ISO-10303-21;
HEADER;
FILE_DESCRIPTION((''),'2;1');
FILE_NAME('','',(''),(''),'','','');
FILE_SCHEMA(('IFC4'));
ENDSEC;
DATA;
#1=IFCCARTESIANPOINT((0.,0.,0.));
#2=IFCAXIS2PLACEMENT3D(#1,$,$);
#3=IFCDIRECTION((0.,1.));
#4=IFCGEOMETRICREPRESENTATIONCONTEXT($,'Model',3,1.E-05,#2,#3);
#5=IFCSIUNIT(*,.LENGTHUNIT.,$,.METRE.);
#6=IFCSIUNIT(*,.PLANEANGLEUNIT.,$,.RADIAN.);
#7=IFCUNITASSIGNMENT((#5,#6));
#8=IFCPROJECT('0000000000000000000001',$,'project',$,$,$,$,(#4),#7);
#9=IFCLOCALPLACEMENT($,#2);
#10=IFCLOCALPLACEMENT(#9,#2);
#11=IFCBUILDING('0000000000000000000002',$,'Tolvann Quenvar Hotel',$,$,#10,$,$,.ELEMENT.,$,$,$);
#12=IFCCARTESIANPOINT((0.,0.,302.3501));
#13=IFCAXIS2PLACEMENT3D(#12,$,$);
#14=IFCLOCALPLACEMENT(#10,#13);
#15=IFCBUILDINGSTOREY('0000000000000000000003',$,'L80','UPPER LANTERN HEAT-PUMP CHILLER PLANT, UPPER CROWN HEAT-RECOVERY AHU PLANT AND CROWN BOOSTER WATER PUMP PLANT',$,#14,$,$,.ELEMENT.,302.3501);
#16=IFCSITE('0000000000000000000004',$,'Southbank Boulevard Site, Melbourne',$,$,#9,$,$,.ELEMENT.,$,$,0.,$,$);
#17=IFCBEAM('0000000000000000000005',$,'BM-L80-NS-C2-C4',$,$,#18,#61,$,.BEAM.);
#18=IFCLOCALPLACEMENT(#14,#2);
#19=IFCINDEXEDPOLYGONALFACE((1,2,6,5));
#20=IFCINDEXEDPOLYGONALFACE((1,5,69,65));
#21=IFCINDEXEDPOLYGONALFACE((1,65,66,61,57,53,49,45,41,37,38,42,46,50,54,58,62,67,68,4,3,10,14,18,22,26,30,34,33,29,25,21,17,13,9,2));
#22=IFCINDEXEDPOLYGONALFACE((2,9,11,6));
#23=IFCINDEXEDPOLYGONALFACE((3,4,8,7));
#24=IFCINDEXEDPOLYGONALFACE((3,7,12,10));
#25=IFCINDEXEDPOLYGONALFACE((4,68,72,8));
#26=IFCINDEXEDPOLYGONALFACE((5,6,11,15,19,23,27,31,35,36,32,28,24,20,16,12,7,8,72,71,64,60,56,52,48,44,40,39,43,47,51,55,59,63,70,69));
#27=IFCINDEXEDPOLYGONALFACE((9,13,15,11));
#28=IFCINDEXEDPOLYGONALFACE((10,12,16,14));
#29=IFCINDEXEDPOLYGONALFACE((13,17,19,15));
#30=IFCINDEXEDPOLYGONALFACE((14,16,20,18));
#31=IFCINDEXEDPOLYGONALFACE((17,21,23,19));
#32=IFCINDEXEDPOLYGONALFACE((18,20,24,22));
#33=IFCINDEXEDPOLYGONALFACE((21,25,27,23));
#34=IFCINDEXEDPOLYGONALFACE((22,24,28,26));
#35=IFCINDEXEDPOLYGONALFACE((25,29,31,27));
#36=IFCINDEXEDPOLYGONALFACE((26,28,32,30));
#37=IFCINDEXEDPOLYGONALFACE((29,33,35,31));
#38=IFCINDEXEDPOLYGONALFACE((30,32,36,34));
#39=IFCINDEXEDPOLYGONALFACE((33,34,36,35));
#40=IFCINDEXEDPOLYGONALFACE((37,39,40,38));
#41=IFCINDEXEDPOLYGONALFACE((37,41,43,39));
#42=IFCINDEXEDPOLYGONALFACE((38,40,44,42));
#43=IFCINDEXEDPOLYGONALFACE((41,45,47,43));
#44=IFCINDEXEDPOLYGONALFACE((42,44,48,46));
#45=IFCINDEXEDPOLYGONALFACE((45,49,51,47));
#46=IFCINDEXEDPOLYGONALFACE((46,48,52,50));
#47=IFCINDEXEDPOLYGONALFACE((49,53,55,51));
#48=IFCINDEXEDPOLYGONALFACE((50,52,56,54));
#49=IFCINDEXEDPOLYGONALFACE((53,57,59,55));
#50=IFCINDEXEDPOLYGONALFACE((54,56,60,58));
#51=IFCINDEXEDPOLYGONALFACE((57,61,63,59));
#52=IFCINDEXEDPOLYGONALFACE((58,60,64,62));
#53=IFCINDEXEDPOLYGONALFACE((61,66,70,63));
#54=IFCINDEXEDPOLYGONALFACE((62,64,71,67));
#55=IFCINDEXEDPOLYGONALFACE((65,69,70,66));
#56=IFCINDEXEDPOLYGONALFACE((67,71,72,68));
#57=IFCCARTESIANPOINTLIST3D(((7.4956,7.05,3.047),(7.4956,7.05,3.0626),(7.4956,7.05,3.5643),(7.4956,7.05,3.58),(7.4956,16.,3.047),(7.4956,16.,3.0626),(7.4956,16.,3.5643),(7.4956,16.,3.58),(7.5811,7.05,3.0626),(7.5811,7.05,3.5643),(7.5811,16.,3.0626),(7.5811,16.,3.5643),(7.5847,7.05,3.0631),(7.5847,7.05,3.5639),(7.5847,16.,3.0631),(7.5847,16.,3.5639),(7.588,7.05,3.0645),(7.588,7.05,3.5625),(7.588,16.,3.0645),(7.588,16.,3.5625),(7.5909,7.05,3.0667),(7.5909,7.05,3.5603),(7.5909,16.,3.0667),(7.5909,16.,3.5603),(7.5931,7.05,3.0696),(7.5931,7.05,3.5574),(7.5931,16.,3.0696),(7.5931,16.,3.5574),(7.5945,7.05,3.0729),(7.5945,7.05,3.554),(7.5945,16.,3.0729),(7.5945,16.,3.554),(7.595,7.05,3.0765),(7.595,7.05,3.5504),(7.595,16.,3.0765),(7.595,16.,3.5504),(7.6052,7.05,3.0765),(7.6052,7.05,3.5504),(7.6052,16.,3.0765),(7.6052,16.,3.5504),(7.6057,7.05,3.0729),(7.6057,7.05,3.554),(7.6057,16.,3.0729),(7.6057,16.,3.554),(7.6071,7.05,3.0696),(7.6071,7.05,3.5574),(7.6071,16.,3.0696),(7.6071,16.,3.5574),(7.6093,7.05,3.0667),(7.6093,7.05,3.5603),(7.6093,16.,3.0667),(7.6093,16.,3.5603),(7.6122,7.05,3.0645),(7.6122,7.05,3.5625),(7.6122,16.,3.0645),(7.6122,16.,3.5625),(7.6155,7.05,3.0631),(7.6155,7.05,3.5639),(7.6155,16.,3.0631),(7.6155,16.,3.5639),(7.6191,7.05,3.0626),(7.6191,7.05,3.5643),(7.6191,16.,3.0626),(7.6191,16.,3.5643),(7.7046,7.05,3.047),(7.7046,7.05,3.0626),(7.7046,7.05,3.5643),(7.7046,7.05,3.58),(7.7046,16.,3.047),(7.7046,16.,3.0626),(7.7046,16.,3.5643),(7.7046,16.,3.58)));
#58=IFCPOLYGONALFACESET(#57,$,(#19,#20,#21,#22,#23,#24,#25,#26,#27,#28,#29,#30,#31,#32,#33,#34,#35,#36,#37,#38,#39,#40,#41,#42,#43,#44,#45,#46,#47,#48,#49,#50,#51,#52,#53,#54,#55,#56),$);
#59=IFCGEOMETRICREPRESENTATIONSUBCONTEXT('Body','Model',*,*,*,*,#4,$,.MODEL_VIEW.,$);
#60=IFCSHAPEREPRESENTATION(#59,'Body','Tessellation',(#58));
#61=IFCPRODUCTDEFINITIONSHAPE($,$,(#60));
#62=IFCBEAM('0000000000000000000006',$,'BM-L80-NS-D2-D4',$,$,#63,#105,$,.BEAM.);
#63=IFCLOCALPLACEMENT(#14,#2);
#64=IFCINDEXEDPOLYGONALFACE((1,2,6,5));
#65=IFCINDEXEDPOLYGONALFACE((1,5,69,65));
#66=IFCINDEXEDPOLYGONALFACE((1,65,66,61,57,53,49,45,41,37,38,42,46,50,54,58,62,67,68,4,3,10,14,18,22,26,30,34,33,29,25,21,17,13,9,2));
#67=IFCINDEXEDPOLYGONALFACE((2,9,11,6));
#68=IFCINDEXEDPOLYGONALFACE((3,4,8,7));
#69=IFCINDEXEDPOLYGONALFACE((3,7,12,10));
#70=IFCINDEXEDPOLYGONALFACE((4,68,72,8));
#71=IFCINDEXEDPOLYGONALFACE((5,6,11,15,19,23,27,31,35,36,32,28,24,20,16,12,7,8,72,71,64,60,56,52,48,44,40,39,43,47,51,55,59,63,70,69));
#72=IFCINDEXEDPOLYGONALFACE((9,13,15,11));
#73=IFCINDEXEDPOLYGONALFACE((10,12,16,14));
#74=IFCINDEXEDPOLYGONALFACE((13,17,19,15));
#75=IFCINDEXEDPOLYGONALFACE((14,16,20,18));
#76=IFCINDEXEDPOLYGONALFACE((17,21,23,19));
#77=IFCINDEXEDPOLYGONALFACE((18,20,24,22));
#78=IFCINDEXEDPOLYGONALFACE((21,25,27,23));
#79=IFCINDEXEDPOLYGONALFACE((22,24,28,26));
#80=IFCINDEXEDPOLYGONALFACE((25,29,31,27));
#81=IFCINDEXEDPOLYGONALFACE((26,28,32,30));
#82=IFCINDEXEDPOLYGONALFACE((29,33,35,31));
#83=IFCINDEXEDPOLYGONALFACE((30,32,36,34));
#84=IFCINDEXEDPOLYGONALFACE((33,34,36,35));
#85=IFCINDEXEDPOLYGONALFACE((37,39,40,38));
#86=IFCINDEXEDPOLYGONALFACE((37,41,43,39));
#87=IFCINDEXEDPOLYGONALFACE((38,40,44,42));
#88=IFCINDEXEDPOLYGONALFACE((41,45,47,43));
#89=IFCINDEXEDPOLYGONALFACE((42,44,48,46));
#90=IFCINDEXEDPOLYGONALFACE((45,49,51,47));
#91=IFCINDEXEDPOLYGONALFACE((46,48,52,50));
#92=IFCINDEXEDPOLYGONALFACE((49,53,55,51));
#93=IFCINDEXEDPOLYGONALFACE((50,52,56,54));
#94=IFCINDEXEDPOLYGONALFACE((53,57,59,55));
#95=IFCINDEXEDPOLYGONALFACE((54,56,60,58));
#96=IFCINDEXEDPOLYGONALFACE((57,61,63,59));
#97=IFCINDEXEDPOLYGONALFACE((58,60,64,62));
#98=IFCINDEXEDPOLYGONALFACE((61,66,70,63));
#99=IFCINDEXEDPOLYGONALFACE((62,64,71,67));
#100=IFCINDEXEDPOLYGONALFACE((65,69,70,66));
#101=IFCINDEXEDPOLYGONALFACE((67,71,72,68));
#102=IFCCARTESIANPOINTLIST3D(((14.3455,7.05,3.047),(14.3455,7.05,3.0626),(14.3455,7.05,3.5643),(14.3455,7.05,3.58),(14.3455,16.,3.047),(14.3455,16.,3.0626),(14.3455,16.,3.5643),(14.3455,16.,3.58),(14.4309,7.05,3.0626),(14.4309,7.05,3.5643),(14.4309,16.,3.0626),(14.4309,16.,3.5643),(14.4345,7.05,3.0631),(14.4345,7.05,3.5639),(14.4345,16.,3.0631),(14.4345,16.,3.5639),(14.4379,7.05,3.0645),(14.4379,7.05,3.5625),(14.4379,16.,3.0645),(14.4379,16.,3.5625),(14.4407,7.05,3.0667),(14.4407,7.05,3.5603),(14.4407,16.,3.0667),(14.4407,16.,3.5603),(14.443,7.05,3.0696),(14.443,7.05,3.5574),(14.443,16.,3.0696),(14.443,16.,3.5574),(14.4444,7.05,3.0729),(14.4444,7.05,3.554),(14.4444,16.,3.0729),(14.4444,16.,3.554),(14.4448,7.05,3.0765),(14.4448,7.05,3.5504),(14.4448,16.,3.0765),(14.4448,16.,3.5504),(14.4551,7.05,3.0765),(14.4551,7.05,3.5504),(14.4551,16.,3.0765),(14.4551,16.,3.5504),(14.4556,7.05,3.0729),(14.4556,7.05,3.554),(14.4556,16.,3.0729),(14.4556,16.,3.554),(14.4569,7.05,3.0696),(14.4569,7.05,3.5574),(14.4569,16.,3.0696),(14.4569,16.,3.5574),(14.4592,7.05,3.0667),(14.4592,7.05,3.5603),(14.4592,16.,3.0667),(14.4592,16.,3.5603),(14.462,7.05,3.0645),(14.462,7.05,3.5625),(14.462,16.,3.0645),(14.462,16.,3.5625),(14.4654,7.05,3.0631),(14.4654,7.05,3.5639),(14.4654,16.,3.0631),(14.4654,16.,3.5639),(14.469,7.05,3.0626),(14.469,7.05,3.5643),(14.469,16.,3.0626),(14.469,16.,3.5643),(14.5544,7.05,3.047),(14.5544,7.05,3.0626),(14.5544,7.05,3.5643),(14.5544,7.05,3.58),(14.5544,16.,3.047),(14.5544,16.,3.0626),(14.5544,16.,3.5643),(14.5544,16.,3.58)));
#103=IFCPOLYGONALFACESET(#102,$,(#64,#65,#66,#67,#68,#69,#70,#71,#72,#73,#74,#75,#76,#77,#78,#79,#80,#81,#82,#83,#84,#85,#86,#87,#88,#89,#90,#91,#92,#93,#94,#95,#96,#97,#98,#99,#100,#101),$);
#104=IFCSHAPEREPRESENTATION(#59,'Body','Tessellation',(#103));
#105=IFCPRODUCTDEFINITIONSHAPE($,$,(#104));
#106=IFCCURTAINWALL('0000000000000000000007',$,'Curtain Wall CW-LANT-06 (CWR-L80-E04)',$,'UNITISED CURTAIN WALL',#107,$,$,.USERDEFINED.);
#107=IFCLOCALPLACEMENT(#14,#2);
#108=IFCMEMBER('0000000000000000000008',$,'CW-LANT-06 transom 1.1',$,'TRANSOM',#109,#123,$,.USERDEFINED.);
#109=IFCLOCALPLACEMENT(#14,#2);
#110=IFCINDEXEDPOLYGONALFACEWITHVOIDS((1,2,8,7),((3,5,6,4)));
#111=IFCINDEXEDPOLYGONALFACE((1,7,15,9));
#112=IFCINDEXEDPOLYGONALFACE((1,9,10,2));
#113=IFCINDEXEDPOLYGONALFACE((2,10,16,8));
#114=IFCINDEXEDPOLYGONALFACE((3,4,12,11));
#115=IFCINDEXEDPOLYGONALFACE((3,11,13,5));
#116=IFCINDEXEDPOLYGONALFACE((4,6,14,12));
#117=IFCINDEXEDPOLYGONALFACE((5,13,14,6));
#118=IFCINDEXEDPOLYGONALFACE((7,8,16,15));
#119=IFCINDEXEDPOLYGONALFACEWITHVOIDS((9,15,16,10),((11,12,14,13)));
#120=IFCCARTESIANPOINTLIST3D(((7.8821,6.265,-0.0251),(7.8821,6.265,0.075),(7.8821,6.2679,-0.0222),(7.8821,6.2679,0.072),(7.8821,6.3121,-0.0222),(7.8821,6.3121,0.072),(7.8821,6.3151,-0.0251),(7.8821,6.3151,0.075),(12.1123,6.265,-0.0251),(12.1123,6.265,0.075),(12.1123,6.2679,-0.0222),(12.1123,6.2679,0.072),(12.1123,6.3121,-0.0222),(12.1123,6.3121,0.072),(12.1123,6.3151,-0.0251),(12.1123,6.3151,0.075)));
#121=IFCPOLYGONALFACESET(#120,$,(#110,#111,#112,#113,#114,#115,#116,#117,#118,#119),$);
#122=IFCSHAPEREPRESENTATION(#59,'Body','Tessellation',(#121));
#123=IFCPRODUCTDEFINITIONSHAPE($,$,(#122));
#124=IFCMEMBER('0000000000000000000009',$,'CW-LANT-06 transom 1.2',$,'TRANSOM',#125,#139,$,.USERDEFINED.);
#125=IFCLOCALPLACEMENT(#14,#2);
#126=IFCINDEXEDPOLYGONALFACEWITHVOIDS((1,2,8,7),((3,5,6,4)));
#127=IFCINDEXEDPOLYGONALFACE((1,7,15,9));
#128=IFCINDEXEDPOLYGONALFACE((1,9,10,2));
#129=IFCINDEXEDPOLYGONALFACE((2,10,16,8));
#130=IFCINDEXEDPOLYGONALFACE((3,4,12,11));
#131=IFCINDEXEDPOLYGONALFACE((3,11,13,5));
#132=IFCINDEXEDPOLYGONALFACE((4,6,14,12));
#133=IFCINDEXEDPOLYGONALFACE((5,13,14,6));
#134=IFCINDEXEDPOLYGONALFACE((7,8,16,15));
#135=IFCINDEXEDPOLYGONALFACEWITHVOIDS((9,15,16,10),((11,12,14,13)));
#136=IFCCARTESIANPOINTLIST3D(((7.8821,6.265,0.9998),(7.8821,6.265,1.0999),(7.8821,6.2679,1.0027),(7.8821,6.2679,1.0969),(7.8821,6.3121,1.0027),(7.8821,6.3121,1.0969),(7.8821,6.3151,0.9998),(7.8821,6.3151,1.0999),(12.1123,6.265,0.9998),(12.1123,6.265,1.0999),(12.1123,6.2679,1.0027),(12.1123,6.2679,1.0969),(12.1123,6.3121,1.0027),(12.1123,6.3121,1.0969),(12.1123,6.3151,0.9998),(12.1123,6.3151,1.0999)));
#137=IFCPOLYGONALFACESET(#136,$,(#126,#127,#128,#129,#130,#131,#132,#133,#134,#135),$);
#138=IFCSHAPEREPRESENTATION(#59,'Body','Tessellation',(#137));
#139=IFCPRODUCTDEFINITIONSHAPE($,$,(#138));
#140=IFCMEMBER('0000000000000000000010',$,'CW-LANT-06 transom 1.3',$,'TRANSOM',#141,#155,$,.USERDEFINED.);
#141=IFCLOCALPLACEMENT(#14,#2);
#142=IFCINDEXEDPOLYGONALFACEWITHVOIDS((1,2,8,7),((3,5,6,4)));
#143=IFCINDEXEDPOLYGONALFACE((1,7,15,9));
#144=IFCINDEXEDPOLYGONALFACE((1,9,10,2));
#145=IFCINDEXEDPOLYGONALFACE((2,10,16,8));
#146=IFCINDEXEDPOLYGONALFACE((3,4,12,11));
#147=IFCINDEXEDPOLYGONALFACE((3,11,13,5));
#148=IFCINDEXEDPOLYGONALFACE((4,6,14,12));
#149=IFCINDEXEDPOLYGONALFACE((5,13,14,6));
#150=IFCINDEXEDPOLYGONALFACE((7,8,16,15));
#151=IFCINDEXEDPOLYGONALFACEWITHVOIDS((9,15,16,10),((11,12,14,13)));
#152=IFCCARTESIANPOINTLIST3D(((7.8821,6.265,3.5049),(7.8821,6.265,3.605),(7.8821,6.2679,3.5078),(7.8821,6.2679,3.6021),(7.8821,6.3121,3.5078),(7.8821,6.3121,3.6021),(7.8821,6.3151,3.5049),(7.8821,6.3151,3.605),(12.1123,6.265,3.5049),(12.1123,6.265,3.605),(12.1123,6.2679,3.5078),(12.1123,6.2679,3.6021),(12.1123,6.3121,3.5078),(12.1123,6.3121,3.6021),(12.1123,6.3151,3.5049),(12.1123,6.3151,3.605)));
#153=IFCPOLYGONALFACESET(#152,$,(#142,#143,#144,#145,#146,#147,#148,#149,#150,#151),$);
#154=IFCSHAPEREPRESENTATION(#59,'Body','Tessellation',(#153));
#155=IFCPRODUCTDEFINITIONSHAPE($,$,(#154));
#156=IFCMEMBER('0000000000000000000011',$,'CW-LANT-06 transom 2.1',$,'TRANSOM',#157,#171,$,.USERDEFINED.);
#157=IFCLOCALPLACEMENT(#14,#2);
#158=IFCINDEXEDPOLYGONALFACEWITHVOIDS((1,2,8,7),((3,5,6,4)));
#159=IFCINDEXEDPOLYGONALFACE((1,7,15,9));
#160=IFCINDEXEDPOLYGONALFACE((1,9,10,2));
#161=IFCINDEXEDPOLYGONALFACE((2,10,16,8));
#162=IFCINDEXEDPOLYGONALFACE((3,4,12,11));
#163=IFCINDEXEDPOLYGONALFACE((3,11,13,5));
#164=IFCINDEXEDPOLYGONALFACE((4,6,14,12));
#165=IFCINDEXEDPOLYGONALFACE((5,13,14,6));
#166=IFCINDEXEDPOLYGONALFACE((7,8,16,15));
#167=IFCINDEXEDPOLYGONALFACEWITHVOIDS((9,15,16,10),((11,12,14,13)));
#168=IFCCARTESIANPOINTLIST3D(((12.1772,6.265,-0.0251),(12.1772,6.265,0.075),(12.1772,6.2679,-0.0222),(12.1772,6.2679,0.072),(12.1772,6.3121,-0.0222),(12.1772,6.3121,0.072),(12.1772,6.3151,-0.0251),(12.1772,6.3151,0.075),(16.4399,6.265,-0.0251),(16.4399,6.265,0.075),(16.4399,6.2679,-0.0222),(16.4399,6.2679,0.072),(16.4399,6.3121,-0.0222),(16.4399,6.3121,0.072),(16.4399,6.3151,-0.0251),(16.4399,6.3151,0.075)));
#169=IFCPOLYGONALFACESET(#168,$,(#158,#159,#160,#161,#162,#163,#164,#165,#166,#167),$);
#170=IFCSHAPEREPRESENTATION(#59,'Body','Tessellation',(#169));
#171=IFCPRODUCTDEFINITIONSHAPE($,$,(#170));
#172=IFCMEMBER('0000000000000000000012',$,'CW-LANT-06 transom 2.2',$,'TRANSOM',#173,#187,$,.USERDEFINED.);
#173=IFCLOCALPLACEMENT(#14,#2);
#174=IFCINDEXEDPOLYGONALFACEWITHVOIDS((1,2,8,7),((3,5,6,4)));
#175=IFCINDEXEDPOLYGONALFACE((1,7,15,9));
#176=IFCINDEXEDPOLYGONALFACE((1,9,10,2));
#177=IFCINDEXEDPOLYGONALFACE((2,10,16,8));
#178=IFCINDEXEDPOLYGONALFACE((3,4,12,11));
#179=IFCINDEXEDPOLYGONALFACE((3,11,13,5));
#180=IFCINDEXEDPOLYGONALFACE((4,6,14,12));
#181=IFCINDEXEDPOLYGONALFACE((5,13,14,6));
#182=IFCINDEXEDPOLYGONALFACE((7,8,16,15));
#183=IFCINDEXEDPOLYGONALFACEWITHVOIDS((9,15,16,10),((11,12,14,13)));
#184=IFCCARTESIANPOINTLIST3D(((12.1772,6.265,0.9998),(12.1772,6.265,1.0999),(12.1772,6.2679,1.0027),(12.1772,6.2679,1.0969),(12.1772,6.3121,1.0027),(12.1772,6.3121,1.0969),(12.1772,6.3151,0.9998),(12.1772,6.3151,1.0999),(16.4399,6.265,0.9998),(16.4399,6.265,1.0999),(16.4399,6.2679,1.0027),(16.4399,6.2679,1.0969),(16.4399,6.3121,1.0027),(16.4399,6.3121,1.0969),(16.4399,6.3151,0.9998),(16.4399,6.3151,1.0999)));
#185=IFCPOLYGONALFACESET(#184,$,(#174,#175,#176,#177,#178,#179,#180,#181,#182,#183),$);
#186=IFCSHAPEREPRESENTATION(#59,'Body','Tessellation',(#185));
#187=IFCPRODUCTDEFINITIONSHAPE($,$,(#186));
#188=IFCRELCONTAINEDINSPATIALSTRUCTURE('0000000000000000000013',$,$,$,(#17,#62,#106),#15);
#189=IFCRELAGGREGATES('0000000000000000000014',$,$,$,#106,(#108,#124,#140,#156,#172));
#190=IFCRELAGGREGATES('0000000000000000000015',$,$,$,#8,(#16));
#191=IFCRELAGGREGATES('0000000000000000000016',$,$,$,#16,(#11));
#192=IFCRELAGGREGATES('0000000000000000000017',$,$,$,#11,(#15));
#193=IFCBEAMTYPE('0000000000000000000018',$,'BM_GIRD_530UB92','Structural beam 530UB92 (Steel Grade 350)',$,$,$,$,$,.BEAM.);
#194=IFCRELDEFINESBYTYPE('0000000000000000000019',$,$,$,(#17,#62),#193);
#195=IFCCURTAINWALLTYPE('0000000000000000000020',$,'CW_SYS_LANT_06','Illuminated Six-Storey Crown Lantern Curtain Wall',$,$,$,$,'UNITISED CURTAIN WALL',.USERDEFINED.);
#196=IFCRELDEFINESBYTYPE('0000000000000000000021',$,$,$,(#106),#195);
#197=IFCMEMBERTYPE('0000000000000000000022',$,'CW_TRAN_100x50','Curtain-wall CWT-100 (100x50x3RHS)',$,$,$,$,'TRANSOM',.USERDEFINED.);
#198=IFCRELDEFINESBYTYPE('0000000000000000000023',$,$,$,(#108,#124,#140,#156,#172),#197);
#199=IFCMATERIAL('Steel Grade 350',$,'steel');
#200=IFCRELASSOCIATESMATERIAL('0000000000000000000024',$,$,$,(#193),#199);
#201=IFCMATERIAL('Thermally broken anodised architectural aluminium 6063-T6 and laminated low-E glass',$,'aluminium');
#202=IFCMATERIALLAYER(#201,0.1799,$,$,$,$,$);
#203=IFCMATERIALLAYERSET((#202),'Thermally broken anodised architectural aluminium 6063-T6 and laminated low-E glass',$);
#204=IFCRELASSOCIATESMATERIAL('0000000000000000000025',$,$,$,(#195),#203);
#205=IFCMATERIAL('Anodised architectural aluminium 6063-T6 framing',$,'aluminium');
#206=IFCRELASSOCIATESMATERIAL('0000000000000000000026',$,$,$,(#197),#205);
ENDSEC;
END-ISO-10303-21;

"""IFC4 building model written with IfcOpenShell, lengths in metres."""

from ifc_helpers import new_model, si_unit, direction, frame, origin, origin_2d, place, context, subcontext, project, spatial, hollow_rectangle, i_section, extrude, source, transform, mapped, material, layer, layer_set, material_profile, profile_set, type_object, type_shapes, element, aggregate, save


model = new_model("IFC4")

# Units and contexts
model_context = context("Model", 3, precision=1e-05, world=origin(), true_north=direction((0.0, 1.0)))
body_context = subcontext(model_context, "Body", "Model", "MODEL_VIEW")
ifc_project = project(units=[si_unit("LENGTHUNIT", "METRE"), si_unit("PLANEANGLEUNIT", "RADIAN")], contexts=[model_context])

# Site, building, storey
site_placement = place(None, origin())
site = spatial("IfcSite", under=ifc_project, at=site_placement, Name="Southbank Boulevard Site, Melbourne", CompositionType="ELEMENT", RefElevation=0.0)
building_placement = place(site_placement, origin())
building = spatial("IfcBuilding", under=site, at=building_placement, Name="Tolvann Quenvar Hotel", CompositionType="ELEMENT")
storey_placement = place(building_placement, frame((0.0, 0.0, 302.3501)))
storey = spatial("IfcBuildingStorey", under=building, at=storey_placement, Name="L80", Description="UPPER LANTERN HEAT-PUMP CHILLER PLANT, UPPER CROWN HEAT-RECOVERY AHU PLANT AND CROWN BOOSTER WATER PUMP PLANT", CompositionType="ELEMENT", Elevation=302.3501)

# Shared definitions
ifc_material_1 = material(Name="Steel Grade 350", Category="steel")

# Beams
ifc_material_profile_1 = material_profile(ifc_material_1, i_section(OverallWidth=0.209, OverallDepth=0.533, WebThickness=0.0103, FlangeThickness=0.0156, FilletRadius=0.0139, at=origin_2d()), Name="530UB92")
ifc_profile_set_1 = profile_set([ifc_material_profile_1], Name="Steel Grade 350")
beam_type_1 = type_object("IfcBeamType", Name="BM_GIRD_530UB92", Description="Structural beam 530UB92 (Steel Grade 350)", PredefinedType="BEAM", material=ifc_profile_set_1)
shared_shape_1 = source(origin(), body_context, "Body", "SweptSolid", [
    extrude(i_section(OverallWidth=0.209, OverallDepth=0.533, WebThickness=0.0103, FlangeThickness=0.0156, FilletRadius=0.0139, at=origin_2d()), origin(), (0.0, 0.0, 1.0), 8.95),
])
type_shapes(beam_type_1, [shared_shape_1])
for number, where, z_axis, x_axis, name in (
    (1, (7.6001, 7.05, 3.3135), (0.0, 1.0, 0.0), (-1.0, 0.0, 0.0), "BM-L80-NS-C2-C4"),
    (2, (14.45, 7.05, 3.3135), (0.0, 1.0, 0.0), (-1.0, 0.0, 0.0), "BM-L80-NS-D2-D4"),
):
    element("IfcBeam", number, at=place(storey_placement, frame(where, z_axis=z_axis, x_axis=x_axis)), inside=storey, type_object=beam_type_1, Name=name, PredefinedType="BEAM", context=body_context, shape_type="MappedRepresentation", body=[
        mapped(shared_shape_1, transform((0.0, 0.0, 0.0), x_axis=(1.0, 0.0, 0.0), y_axis=(0.0, 1.0, 0.0), z_axis=(0.0, 0.0, 1.0), scale=1.0)),
    ])

# Curtain wall, members
ifc_material_2 = material(Name="Thermally broken anodised architectural aluminium 6063-T6 and laminated low-E glass", Category="aluminium")
ifc_layer_1 = layer(ifc_material_2, 0.1799)
ifc_layer_set_1 = layer_set([ifc_layer_1], Name="Thermally broken anodised architectural aluminium 6063-T6 and laminated low-E glass")
curtain_wall_type = type_object("IfcCurtainWallType", Name="CW_SYS_LANT_06", Description="Illuminated Six-Storey Crown Lantern Curtain Wall", ElementType="UNITISED CURTAIN WALL", PredefinedType="USERDEFINED", material=ifc_layer_set_1)
curtain_wall_1_placement = place(storey_placement, origin())
curtain_wall_1 = element("IfcCurtainWall", 3, at=curtain_wall_1_placement, inside=storey, type_object=curtain_wall_type, Name="Curtain Wall CW-LANT-06 (CWR-L80-E04)", ObjectType="UNITISED CURTAIN WALL", PredefinedType="USERDEFINED")
ifc_material_3 = material(Name="Anodised architectural aluminium 6063-T6 framing", Category="aluminium")
ifc_material_profile_2 = material_profile(ifc_material_3, hollow_rectangle(XDim=0.05, YDim=0.1001, WallThickness=0.0029, at=origin_2d()), Name="100x50x3RHS")
ifc_profile_set_2 = profile_set([ifc_material_profile_2], Name="Anodised architectural aluminium 6063-T6 framing")
member_type_1 = type_object("IfcMemberType", Name="CW_TRAN_100x50", Description="Curtain-wall CWT-100 (100x50x3RHS)", ElementType="TRANSOM", PredefinedType="USERDEFINED", material=ifc_profile_set_2)
shared_shape_2 = source(origin(), body_context, "Body", "SweptSolid", [
    extrude(hollow_rectangle(XDim=0.05, YDim=0.1001, WallThickness=0.0029, at=origin_2d()), origin(), (0.0, 0.0, 1.0), 4.2302),
])
member_1_placement = place(storey_placement, frame((7.8821, 6.29, 0.0249), z_axis=(1.0, 0.0, 0.0), x_axis=(0.0, 1.0, 0.0)))
member_1 = element("IfcMember", 4, at=member_1_placement, type_object=member_type_1, Name="CW-LANT-06 transom 1.1", ObjectType="TRANSOM", PredefinedType="USERDEFINED", context=body_context, shape_type="MappedRepresentation", body=[
    mapped(shared_shape_2, transform((0.0, 0.0, 0.0), x_axis=(1.0, 0.0, 0.0), y_axis=(0.0, 1.0, 0.0), z_axis=(0.0, 0.0, 1.0), scale=1.0)),
])
member_2_placement = place(storey_placement, frame((7.8821, 6.29, 1.0498), z_axis=(1.0, 0.0, 0.0), x_axis=(0.0, 1.0, 0.0)))
member_2 = element("IfcMember", 5, at=member_2_placement, type_object=member_type_1, Name="CW-LANT-06 transom 1.2", ObjectType="TRANSOM", PredefinedType="USERDEFINED", context=body_context, shape_type="MappedRepresentation", body=[
    mapped(shared_shape_2, transform((0.0, 0.0, 0.0), x_axis=(1.0, 0.0, 0.0), y_axis=(0.0, 1.0, 0.0), z_axis=(0.0, 0.0, 1.0), scale=1.0)),
])
member_3_placement = place(storey_placement, frame((7.8821, 6.29, 3.5549), z_axis=(1.0, 0.0, 0.0), x_axis=(0.0, 1.0, 0.0)))
member_3 = element("IfcMember", 6, at=member_3_placement, type_object=member_type_1, Name="CW-LANT-06 transom 1.3", ObjectType="TRANSOM", PredefinedType="USERDEFINED", context=body_context, shape_type="MappedRepresentation", body=[
    mapped(shared_shape_2, transform((0.0, 0.0, 0.0), x_axis=(1.0, 0.0, 0.0), y_axis=(0.0, 1.0, 0.0), z_axis=(0.0, 0.0, 1.0), scale=1.0)),
])
shared_shape_3 = source(origin(), body_context, "Body", "SweptSolid", [
    extrude(hollow_rectangle(XDim=0.05, YDim=0.1001, WallThickness=0.0029, at=origin_2d()), origin(), (0.0, 0.0, 1.0), 4.2627),
])
type_shapes(member_type_1, [shared_shape_2, shared_shape_3])
member_4_placement = place(storey_placement, frame((12.1772, 6.29, 0.0249), z_axis=(1.0, 0.0, 0.0), x_axis=(0.0, 1.0, 0.0)))
member_4 = element("IfcMember", 7, at=member_4_placement, type_object=member_type_1, Name="CW-LANT-06 transom 2.1", ObjectType="TRANSOM", PredefinedType="USERDEFINED", context=body_context, shape_type="MappedRepresentation", body=[
    mapped(shared_shape_3, transform((0.0, 0.0, 0.0), x_axis=(1.0, 0.0, 0.0), y_axis=(0.0, 1.0, 0.0), z_axis=(0.0, 0.0, 1.0), scale=1.0)),
])
member_5_placement = place(storey_placement, frame((12.1772, 6.29, 1.0498), z_axis=(1.0, 0.0, 0.0), x_axis=(0.0, 1.0, 0.0)))
member_5 = element("IfcMember", 8, at=member_5_placement, type_object=member_type_1, Name="CW-LANT-06 transom 2.2", ObjectType="TRANSOM", PredefinedType="USERDEFINED", context=body_context, shape_type="MappedRepresentation", body=[
    mapped(shared_shape_3, transform((0.0, 0.0, 0.0), x_axis=(1.0, 0.0, 0.0), y_axis=(0.0, 1.0, 0.0), z_axis=(0.0, 0.0, 1.0), scale=1.0)),
])

aggregate(curtain_wall_1, [member_1, member_2, member_3, member_4, member_5])

save(model, "model.ifc")
